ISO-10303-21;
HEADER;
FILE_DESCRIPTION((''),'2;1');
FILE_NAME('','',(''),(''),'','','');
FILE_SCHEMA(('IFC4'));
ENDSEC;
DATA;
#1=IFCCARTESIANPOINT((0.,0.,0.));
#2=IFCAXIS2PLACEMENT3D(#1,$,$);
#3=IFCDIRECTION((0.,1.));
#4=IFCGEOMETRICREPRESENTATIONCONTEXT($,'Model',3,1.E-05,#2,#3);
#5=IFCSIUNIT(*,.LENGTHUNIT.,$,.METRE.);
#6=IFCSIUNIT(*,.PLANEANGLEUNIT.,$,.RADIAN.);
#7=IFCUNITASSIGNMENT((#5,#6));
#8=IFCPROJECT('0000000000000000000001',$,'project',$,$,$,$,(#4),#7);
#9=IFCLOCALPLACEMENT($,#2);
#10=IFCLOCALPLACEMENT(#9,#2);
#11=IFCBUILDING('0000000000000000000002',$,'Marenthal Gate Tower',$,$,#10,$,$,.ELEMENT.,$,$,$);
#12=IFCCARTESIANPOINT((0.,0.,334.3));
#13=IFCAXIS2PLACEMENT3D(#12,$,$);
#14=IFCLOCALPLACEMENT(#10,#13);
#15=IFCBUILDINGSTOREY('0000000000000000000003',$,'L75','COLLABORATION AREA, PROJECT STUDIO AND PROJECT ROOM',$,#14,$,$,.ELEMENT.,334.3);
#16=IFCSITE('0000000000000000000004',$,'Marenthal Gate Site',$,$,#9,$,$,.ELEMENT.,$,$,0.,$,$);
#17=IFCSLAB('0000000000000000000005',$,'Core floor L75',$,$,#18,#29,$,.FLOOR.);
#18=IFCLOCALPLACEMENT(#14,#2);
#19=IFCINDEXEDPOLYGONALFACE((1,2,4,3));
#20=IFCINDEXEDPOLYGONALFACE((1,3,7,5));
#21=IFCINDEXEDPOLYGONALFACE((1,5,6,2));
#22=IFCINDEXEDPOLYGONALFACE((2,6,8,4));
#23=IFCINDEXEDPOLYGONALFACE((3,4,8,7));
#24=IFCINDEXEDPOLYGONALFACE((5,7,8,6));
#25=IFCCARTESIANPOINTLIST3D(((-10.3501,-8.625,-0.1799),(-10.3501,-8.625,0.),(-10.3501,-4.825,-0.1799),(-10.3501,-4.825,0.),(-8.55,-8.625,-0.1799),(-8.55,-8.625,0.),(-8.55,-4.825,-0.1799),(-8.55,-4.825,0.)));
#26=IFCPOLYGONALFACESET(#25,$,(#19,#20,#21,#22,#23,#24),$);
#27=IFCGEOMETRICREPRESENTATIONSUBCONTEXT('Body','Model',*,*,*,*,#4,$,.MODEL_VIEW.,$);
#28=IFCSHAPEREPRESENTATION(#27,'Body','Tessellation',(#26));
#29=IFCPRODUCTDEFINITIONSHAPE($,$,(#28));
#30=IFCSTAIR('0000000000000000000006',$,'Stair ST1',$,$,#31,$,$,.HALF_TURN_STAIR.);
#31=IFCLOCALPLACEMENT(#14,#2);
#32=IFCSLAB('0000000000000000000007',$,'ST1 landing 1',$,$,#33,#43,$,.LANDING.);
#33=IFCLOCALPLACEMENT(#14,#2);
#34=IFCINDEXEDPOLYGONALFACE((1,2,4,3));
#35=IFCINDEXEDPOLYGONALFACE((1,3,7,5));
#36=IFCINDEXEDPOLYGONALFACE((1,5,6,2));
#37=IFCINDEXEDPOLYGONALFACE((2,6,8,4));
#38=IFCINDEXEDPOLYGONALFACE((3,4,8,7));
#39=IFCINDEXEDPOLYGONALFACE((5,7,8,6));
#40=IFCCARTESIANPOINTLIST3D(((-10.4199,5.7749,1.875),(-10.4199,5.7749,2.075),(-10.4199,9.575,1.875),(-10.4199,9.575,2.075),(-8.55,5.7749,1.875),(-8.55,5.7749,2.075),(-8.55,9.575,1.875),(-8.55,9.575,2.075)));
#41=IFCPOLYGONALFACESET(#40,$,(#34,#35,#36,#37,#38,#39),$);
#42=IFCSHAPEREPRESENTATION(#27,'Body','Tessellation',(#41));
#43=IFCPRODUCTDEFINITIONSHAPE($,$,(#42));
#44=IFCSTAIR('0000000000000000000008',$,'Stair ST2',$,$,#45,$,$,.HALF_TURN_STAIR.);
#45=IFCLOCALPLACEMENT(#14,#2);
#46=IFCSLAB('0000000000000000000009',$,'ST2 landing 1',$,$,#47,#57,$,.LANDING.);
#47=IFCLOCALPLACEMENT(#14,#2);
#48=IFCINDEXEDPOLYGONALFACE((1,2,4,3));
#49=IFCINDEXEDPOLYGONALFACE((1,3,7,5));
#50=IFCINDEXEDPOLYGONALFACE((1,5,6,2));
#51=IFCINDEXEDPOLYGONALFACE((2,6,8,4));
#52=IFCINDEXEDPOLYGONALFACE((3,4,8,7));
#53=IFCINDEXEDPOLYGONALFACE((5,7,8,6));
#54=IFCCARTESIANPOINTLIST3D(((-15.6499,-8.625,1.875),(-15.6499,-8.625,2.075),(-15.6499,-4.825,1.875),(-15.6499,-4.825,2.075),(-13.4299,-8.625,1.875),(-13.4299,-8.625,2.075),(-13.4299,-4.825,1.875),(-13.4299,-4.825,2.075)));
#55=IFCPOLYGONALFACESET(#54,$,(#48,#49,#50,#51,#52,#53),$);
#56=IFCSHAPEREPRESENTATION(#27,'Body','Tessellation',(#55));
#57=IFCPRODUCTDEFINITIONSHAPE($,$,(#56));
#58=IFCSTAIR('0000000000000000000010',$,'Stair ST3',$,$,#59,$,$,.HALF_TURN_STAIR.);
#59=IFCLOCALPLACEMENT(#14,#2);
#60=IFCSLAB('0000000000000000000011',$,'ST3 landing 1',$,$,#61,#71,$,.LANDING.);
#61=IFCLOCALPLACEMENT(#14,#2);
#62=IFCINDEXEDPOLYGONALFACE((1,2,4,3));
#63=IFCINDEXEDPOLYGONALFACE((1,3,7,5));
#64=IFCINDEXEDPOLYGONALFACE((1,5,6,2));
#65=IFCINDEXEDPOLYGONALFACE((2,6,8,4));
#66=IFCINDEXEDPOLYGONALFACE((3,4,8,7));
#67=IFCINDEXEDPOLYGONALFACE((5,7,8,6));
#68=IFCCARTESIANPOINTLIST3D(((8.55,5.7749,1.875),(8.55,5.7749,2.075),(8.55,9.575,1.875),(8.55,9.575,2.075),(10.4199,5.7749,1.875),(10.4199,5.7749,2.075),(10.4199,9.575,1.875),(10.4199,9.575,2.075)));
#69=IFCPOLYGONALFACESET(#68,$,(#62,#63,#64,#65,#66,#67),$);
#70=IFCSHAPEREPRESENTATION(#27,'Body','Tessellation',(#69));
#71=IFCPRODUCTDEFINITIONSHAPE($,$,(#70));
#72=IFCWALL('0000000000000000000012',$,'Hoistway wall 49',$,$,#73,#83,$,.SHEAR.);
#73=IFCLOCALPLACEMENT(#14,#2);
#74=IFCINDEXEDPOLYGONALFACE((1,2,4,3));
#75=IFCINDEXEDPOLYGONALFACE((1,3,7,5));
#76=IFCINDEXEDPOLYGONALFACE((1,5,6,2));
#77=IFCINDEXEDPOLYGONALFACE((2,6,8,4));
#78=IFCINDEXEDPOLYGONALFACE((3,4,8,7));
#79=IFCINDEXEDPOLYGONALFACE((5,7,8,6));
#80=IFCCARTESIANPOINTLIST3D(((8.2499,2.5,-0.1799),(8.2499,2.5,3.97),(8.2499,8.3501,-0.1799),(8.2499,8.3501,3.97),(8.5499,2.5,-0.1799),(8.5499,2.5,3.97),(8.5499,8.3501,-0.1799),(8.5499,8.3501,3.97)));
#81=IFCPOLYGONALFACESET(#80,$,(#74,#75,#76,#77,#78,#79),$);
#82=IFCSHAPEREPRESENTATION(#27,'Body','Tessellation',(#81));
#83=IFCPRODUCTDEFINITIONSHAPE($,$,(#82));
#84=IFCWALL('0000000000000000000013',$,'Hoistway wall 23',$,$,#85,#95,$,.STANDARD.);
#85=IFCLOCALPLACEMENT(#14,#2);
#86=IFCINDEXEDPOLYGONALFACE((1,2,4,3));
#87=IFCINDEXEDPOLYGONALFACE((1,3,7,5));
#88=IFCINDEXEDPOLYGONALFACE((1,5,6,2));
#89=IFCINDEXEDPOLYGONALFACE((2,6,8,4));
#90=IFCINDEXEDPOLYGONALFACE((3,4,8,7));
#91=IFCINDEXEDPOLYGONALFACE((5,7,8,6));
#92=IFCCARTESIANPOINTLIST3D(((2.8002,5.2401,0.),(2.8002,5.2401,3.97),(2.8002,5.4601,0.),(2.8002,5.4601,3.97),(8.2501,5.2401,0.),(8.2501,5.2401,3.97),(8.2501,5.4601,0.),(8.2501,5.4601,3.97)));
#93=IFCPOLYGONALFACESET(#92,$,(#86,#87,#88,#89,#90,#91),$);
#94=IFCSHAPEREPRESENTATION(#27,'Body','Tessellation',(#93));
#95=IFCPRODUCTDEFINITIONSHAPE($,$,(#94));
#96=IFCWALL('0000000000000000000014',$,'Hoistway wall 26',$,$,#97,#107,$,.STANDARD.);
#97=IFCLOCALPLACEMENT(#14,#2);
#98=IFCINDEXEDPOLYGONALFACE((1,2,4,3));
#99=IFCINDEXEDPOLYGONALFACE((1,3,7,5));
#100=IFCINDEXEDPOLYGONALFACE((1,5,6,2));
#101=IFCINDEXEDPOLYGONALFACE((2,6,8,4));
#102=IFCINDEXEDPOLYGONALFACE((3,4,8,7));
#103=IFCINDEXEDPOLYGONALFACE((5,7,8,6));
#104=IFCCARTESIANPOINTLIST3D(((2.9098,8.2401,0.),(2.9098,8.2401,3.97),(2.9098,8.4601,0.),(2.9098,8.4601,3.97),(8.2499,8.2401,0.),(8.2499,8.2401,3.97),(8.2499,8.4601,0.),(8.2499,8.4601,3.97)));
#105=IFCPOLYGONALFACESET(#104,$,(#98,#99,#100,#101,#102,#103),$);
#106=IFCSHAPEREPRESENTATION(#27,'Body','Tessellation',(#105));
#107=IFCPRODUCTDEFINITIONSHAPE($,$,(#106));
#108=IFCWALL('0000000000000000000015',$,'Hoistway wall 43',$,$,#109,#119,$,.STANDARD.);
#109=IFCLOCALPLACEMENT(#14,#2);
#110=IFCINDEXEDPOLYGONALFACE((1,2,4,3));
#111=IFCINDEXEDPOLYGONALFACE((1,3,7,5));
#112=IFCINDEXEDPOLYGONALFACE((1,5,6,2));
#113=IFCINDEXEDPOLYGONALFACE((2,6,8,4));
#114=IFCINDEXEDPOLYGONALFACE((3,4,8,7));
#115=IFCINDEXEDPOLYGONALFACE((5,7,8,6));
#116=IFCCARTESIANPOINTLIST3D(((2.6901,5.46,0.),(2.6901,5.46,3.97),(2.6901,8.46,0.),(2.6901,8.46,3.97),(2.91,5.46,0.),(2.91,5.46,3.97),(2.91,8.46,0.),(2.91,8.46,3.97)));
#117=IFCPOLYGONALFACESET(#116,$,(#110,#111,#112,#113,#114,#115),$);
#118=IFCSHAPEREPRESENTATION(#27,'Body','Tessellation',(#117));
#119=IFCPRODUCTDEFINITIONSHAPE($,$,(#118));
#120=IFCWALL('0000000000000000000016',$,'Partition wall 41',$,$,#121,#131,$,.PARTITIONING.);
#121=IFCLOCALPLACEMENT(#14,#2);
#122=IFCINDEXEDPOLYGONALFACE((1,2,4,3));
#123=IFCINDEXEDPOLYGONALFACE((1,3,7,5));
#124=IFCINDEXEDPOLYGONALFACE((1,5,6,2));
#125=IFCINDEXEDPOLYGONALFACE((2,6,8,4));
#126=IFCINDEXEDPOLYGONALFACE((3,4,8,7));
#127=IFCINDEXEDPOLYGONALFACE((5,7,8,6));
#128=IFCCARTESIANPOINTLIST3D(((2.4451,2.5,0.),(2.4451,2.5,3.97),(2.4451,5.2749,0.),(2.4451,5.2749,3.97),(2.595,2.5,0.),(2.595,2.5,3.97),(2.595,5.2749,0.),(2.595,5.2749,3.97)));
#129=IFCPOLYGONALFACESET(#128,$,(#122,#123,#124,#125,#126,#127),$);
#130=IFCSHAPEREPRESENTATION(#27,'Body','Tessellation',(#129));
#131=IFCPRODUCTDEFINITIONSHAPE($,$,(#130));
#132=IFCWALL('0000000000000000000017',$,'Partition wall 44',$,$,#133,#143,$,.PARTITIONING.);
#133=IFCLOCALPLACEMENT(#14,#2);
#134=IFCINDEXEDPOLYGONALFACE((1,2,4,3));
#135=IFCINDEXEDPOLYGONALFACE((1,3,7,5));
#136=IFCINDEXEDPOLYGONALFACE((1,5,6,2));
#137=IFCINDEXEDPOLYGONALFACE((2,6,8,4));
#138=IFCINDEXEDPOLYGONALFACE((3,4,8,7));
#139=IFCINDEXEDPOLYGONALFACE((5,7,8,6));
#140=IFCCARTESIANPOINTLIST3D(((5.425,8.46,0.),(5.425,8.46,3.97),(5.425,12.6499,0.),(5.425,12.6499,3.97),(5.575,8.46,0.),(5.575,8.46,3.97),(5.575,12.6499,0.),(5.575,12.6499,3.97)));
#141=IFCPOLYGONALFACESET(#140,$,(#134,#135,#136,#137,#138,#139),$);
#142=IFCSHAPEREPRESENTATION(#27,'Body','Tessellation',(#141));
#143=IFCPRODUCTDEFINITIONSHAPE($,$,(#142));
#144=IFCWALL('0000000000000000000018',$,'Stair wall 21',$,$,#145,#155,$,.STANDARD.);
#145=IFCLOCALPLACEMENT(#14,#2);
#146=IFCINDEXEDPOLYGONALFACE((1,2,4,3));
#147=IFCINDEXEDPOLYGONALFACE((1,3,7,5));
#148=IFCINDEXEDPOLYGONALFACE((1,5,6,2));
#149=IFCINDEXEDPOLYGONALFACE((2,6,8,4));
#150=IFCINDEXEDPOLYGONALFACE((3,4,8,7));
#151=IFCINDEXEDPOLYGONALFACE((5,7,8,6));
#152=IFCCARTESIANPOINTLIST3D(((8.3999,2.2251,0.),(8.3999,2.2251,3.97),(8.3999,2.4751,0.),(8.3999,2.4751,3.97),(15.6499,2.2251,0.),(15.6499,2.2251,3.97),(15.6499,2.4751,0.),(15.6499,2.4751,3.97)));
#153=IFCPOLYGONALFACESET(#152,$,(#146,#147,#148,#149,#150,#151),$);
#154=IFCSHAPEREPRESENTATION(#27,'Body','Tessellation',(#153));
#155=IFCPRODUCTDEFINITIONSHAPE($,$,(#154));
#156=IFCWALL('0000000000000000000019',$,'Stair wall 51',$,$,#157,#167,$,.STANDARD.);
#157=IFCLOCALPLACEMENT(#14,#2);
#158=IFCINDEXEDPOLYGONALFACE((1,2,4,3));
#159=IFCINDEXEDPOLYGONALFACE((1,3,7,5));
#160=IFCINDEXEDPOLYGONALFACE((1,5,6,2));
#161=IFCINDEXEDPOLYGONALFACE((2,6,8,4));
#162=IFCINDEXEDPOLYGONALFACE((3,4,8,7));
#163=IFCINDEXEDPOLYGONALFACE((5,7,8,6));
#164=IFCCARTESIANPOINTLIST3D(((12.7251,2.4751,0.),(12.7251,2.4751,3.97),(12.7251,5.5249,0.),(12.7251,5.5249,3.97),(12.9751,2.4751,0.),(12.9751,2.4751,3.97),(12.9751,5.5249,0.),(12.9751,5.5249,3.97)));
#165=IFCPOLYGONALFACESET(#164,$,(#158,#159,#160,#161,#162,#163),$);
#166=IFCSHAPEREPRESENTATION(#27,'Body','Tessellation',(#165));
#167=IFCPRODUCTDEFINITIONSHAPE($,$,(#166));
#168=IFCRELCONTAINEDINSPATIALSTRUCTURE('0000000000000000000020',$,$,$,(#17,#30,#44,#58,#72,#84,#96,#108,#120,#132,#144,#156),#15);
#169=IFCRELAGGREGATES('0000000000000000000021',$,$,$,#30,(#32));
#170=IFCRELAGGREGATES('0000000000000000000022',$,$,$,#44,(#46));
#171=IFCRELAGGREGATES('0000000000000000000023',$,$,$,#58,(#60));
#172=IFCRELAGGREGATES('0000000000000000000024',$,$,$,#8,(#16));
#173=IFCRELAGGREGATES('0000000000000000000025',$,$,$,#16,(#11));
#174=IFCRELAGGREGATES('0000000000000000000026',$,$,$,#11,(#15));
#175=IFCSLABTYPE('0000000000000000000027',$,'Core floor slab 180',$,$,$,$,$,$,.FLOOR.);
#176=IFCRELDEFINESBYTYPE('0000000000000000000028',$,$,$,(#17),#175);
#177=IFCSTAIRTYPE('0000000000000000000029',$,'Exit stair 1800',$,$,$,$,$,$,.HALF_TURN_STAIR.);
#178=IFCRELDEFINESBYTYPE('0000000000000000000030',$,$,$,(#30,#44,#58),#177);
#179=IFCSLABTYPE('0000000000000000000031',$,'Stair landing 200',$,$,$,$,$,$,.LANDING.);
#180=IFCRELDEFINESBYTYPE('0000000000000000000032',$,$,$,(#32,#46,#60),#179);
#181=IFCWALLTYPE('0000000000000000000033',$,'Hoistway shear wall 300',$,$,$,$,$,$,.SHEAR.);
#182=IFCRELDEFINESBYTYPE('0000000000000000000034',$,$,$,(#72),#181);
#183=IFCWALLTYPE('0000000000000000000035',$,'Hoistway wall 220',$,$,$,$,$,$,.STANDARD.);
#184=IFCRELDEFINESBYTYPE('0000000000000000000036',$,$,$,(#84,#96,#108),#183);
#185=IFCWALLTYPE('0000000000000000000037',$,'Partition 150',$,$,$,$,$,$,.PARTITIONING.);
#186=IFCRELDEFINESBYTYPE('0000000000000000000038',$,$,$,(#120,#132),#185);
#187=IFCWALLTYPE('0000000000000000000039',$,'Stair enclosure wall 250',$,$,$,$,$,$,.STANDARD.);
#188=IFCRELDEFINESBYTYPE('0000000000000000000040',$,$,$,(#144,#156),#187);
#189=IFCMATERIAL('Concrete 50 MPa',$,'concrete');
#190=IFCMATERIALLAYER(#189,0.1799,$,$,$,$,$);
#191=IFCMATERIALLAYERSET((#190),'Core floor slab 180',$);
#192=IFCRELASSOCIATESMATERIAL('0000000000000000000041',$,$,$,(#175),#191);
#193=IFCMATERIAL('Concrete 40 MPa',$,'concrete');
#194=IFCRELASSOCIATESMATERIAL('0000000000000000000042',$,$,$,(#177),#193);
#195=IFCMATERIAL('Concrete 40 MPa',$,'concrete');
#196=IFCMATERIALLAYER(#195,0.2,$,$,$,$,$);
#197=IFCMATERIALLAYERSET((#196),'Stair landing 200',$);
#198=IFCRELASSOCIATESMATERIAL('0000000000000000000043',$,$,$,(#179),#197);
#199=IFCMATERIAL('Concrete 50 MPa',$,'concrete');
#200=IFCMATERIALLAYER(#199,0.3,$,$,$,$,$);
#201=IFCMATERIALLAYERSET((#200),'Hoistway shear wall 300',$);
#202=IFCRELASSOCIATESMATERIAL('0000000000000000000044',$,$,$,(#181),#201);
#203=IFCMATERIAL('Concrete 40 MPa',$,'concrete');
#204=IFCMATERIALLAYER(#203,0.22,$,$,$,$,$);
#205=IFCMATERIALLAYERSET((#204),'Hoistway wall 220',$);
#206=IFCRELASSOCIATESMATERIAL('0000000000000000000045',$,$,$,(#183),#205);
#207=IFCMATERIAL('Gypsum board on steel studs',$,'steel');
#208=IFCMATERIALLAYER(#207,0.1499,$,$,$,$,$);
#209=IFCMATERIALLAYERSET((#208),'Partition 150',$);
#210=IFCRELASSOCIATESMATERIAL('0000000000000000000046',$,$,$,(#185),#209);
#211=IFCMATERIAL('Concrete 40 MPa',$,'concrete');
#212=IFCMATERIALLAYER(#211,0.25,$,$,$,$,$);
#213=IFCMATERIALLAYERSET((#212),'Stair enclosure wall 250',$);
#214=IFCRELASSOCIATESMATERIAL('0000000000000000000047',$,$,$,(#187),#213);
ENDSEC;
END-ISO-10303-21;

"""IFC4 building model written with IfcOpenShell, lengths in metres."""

from ifc_helpers import new_model, si_unit, direction, frame, frame_2d, origin, place, context, subcontext, project, spatial, polyline, rectangle, outline, extrude, material, layer, layer_set, type_object, element, aggregate, save


model = new_model("IFC4")

# Units and contexts
model_context = context("Model", 3, precision=1e-05, world=origin(), true_north=direction((0.0, 1.0)))
body_context = subcontext(model_context, "Body", "Model", "MODEL_VIEW")
ifc_project = project(units=[si_unit("LENGTHUNIT", "METRE"), si_unit("PLANEANGLEUNIT", "RADIAN")], contexts=[model_context])

# Site, building, storey
site_placement = place(None, origin())
site = spatial("IfcSite", under=ifc_project, at=site_placement, Name="Marenthal Gate Site", CompositionType="ELEMENT", RefElevation=0.0)
building_placement = place(site_placement, origin())
building = spatial("IfcBuilding", under=site, at=building_placement, Name="Marenthal Gate Tower", CompositionType="ELEMENT")
storey_placement = place(building_placement, frame((0.0, 0.0, 334.3)))
storey = spatial("IfcBuildingStorey", under=building, at=storey_placement, Name="L75", Description="COLLABORATION AREA, PROJECT STUDIO AND PROJECT ROOM", CompositionType="ELEMENT", Elevation=334.3)

# Slab
ifc_material_1 = material(Name="Concrete 50 MPa", Category="concrete")
ifc_layer_1 = layer(ifc_material_1, 0.1799)
ifc_layer_set_1 = layer_set([ifc_layer_1], Name="Core floor slab 180")
slab_type_1 = type_object("IfcSlabType", Name="Core floor slab 180", PredefinedType="FLOOR", material=ifc_layer_set_1)
slab_1_placement = place(storey_placement, frame((0.0, 0.0, -0.1799)))
element("IfcSlab", 1, at=slab_1_placement, inside=storey, type_object=slab_type_1, Name="Core floor L75", PredefinedType="FLOOR", context=body_context, shape_type="SweptSolid", body=[
    extrude(outline(polyline([(-8.55, -4.825), (-8.55, -8.625), (-10.3501, -8.625), (-10.3501, -4.825), (-8.55, -4.825)])), origin(), (0.0, 0.0, 1.0), 0.1799),
])

# Stairs, slabs
ifc_material_2 = material(Name="Concrete 40 MPa", Category="concrete")
stair_type = type_object("IfcStairType", Name="Exit stair 1800", PredefinedType="HALF_TURN_STAIR", material=ifc_material_2)
stair_1_placement = place(storey_placement, origin())
stair_1 = element("IfcStair", 2, at=stair_1_placement, inside=storey, type_object=stair_type, Name="Stair ST1", PredefinedType="HALF_TURN_STAIR")
ifc_material_3 = material(Name="Concrete 40 MPa", Category="concrete")
ifc_layer_2 = layer(ifc_material_3, 0.2)
ifc_layer_set_2 = layer_set([ifc_layer_2], Name="Stair landing 200")
slab_type_2 = type_object("IfcSlabType", Name="Stair landing 200", PredefinedType="LANDING", material=ifc_layer_set_2)
slab_2_placement = place(storey_placement, frame((0.0, 0.0, 1.875)))
slab_2 = element("IfcSlab", 3, at=slab_2_placement, type_object=slab_type_2, Name="ST1 landing 1", PredefinedType="LANDING", context=body_context, shape_type="SweptSolid", body=[
    extrude(outline(polyline([(-10.4199, 5.7749), (-8.55, 5.7749), (-8.55, 9.575), (-10.4199, 9.575), (-10.4199, 5.7749)])), origin(), (0.0, 0.0, 1.0), 0.2),
])
aggregate(stair_1, [slab_2])
stair_2_placement = place(storey_placement, origin())
stair_2 = element("IfcStair", 4, at=stair_2_placement, inside=storey, type_object=stair_type, Name="Stair ST2", PredefinedType="HALF_TURN_STAIR")
slab_3_placement = place(storey_placement, frame((0.0, 0.0, 1.875)))
slab_3 = element("IfcSlab", 5, at=slab_3_placement, type_object=slab_type_2, Name="ST2 landing 1", PredefinedType="LANDING", context=body_context, shape_type="SweptSolid", body=[
    extrude(outline(polyline([(-15.6499, -8.625), (-13.4299, -8.625), (-13.4299, -4.825), (-15.6499, -4.825), (-15.6499, -8.625)])), origin(), (0.0, 0.0, 1.0), 0.2),
])
aggregate(stair_2, [slab_3])
stair_3_placement = place(storey_placement, origin())
stair_3 = element("IfcStair", 6, at=stair_3_placement, inside=storey, type_object=stair_type, Name="Stair ST3", PredefinedType="HALF_TURN_STAIR")
slab_4_placement = place(storey_placement, frame((0.0, 0.0, 1.875)))
slab_4 = element("IfcSlab", 7, at=slab_4_placement, type_object=slab_type_2, Name="ST3 landing 1", PredefinedType="LANDING", context=body_context, shape_type="SweptSolid", body=[
    extrude(outline(polyline([(8.55, 5.7749), (10.4199, 5.7749), (10.4199, 9.575), (8.55, 9.575), (8.55, 5.7749)])), origin(), (0.0, 0.0, 1.0), 0.2),
])

# Walls
ifc_material_4 = material(Name="Concrete 50 MPa", Category="concrete")
ifc_layer_3 = layer(ifc_material_4, 0.3)
ifc_layer_set_3 = layer_set([ifc_layer_3], Name="Hoistway shear wall 300")
wall_type_1 = type_object("IfcWallType", Name="Hoistway shear wall 300", PredefinedType="SHEAR", material=ifc_layer_set_3)
wall_1_placement = place(storey_placement, frame((8.3999, 2.5, -0.1799), z_axis=(0.0, 0.0, 1.0), x_axis=(0.0, 1.0, 0.0)))
element("IfcWall", 8, at=wall_1_placement, inside=storey, type_object=wall_type_1, Name="Hoistway wall 49", PredefinedType="SHEAR", context=body_context, shape_type="SweptSolid", body=[
    extrude(rectangle(XDim=5.8501, YDim=0.3, at=frame_2d((2.925, 0.0))), origin(), (0.0, 0.0, 1.0), 4.1499),
])
ifc_material_5 = material(Name="Concrete 40 MPa", Category="concrete")
ifc_layer_4 = layer(ifc_material_5, 0.22)
ifc_layer_set_4 = layer_set([ifc_layer_4], Name="Hoistway wall 220")
wall_type_2 = type_object("IfcWallType", Name="Hoistway wall 220", PredefinedType="STANDARD", material=ifc_layer_set_4)
wall_2_placement = place(storey_placement, frame((2.8, 5.3501, 0.0), z_axis=(0.0, 0.0, 1.0), x_axis=(1.0, 0.0, 0.0)))
element("IfcWall", 9, at=wall_2_placement, inside=storey, type_object=wall_type_2, Name="Hoistway wall 23", PredefinedType="STANDARD", context=body_context, shape_type="SweptSolid", body=[
    extrude(rectangle(XDim=5.45, YDim=0.22, at=frame_2d((2.7251, 0.0))), origin(), (0.0, 0.0, 1.0), 3.97),
])
wall_3_placement = place(storey_placement, frame((2.9099, 8.3501, 0.0), z_axis=(0.0, 0.0, 1.0), x_axis=(1.0, 0.0, 0.0)))
element("IfcWall", 10, at=wall_3_placement, inside=storey, type_object=wall_type_2, Name="Hoistway wall 26", PredefinedType="STANDARD", context=body_context, shape_type="SweptSolid", body=[
    extrude(rectangle(XDim=5.3401, YDim=0.22, at=frame_2d((2.6699, 0.0))), origin(), (0.0, 0.0, 1.0), 3.97),
])
wall_4_placement = place(storey_placement, frame((2.8, 5.46, 0.0), z_axis=(0.0, 0.0, 1.0), x_axis=(0.0, 1.0, 0.0)))
element("IfcWall", 11, at=wall_4_placement, inside=storey, type_object=wall_type_2, Name="Hoistway wall 43", PredefinedType="STANDARD", context=body_context, shape_type="SweptSolid", body=[
    extrude(rectangle(XDim=3.0, YDim=0.22, at=frame_2d((1.5, 0.0))), origin(), (0.0, 0.0, 1.0), 3.97),
])
ifc_material_6 = material(Name="Gypsum board on steel studs", Category="steel")
ifc_layer_5 = layer(ifc_material_6, 0.1499)
ifc_layer_set_5 = layer_set([ifc_layer_5], Name="Partition 150")
wall_type_3 = type_object("IfcWallType", Name="Partition 150", PredefinedType="PARTITIONING", material=ifc_layer_set_5)
wall_5_placement = place(storey_placement, frame((2.52, 2.5, 0.0), z_axis=(0.0, 0.0, 1.0), x_axis=(0.0, 1.0, 0.0)))
element("IfcWall", 12, at=wall_5_placement, inside=storey, type_object=wall_type_3, Name="Partition wall 41", PredefinedType="PARTITIONING", context=body_context, shape_type="SweptSolid", body=[
    extrude(rectangle(XDim=2.7749, YDim=0.1499, at=frame_2d((1.3875, 0.0))), origin(), (0.0, 0.0, 1.0), 3.97),
])
wall_6_placement = place(storey_placement, frame((5.5, 8.46, 0.0), z_axis=(0.0, 0.0, 1.0), x_axis=(0.0, 1.0, 0.0)))
element("IfcWall", 13, at=wall_6_placement, inside=storey, type_object=wall_type_3, Name="Partition wall 44", PredefinedType="PARTITIONING", context=body_context, shape_type="SweptSolid", body=[
    extrude(rectangle(XDim=4.1899, YDim=0.1499, at=frame_2d((2.095, 0.0))), origin(), (0.0, 0.0, 1.0), 3.97),
])
ifc_material_7 = material(Name="Concrete 40 MPa", Category="concrete")
ifc_layer_6 = layer(ifc_material_7, 0.25)
ifc_layer_set_6 = layer_set([ifc_layer_6], Name="Stair enclosure wall 250")
wall_type_4 = type_object("IfcWallType", Name="Stair enclosure wall 250", PredefinedType="STANDARD", material=ifc_layer_set_6)
wall_7_placement = place(storey_placement, frame((8.3999, 2.3501, 0.0), z_axis=(0.0, 0.0, 1.0), x_axis=(1.0, 0.0, 0.0)))
element("IfcWall", 14, at=wall_7_placement, inside=storey, type_object=wall_type_4, Name="Stair wall 21", PredefinedType="STANDARD", context=body_context, shape_type="SweptSolid", body=[
    extrude(rectangle(XDim=7.25, YDim=0.25, at=frame_2d((3.625, 0.0))), origin(), (0.0, 0.0, 1.0), 3.97),
])
wall_8_placement = place(storey_placement, frame((12.8501, 2.4751, 0.0), z_axis=(0.0, 0.0, 1.0), x_axis=(0.0, 1.0, 0.0)))
element("IfcWall", 15, at=wall_8_placement, inside=storey, type_object=wall_type_4, Name="Stair wall 51", PredefinedType="STANDARD", context=body_context, shape_type="SweptSolid", body=[
    extrude(rectangle(XDim=3.0498, YDim=0.25, at=frame_2d((1.5249, 0.0))), origin(), (0.0, 0.0, 1.0), 3.97),
])

aggregate(stair_3, [slab_4])

save(model, "model.ifc")
